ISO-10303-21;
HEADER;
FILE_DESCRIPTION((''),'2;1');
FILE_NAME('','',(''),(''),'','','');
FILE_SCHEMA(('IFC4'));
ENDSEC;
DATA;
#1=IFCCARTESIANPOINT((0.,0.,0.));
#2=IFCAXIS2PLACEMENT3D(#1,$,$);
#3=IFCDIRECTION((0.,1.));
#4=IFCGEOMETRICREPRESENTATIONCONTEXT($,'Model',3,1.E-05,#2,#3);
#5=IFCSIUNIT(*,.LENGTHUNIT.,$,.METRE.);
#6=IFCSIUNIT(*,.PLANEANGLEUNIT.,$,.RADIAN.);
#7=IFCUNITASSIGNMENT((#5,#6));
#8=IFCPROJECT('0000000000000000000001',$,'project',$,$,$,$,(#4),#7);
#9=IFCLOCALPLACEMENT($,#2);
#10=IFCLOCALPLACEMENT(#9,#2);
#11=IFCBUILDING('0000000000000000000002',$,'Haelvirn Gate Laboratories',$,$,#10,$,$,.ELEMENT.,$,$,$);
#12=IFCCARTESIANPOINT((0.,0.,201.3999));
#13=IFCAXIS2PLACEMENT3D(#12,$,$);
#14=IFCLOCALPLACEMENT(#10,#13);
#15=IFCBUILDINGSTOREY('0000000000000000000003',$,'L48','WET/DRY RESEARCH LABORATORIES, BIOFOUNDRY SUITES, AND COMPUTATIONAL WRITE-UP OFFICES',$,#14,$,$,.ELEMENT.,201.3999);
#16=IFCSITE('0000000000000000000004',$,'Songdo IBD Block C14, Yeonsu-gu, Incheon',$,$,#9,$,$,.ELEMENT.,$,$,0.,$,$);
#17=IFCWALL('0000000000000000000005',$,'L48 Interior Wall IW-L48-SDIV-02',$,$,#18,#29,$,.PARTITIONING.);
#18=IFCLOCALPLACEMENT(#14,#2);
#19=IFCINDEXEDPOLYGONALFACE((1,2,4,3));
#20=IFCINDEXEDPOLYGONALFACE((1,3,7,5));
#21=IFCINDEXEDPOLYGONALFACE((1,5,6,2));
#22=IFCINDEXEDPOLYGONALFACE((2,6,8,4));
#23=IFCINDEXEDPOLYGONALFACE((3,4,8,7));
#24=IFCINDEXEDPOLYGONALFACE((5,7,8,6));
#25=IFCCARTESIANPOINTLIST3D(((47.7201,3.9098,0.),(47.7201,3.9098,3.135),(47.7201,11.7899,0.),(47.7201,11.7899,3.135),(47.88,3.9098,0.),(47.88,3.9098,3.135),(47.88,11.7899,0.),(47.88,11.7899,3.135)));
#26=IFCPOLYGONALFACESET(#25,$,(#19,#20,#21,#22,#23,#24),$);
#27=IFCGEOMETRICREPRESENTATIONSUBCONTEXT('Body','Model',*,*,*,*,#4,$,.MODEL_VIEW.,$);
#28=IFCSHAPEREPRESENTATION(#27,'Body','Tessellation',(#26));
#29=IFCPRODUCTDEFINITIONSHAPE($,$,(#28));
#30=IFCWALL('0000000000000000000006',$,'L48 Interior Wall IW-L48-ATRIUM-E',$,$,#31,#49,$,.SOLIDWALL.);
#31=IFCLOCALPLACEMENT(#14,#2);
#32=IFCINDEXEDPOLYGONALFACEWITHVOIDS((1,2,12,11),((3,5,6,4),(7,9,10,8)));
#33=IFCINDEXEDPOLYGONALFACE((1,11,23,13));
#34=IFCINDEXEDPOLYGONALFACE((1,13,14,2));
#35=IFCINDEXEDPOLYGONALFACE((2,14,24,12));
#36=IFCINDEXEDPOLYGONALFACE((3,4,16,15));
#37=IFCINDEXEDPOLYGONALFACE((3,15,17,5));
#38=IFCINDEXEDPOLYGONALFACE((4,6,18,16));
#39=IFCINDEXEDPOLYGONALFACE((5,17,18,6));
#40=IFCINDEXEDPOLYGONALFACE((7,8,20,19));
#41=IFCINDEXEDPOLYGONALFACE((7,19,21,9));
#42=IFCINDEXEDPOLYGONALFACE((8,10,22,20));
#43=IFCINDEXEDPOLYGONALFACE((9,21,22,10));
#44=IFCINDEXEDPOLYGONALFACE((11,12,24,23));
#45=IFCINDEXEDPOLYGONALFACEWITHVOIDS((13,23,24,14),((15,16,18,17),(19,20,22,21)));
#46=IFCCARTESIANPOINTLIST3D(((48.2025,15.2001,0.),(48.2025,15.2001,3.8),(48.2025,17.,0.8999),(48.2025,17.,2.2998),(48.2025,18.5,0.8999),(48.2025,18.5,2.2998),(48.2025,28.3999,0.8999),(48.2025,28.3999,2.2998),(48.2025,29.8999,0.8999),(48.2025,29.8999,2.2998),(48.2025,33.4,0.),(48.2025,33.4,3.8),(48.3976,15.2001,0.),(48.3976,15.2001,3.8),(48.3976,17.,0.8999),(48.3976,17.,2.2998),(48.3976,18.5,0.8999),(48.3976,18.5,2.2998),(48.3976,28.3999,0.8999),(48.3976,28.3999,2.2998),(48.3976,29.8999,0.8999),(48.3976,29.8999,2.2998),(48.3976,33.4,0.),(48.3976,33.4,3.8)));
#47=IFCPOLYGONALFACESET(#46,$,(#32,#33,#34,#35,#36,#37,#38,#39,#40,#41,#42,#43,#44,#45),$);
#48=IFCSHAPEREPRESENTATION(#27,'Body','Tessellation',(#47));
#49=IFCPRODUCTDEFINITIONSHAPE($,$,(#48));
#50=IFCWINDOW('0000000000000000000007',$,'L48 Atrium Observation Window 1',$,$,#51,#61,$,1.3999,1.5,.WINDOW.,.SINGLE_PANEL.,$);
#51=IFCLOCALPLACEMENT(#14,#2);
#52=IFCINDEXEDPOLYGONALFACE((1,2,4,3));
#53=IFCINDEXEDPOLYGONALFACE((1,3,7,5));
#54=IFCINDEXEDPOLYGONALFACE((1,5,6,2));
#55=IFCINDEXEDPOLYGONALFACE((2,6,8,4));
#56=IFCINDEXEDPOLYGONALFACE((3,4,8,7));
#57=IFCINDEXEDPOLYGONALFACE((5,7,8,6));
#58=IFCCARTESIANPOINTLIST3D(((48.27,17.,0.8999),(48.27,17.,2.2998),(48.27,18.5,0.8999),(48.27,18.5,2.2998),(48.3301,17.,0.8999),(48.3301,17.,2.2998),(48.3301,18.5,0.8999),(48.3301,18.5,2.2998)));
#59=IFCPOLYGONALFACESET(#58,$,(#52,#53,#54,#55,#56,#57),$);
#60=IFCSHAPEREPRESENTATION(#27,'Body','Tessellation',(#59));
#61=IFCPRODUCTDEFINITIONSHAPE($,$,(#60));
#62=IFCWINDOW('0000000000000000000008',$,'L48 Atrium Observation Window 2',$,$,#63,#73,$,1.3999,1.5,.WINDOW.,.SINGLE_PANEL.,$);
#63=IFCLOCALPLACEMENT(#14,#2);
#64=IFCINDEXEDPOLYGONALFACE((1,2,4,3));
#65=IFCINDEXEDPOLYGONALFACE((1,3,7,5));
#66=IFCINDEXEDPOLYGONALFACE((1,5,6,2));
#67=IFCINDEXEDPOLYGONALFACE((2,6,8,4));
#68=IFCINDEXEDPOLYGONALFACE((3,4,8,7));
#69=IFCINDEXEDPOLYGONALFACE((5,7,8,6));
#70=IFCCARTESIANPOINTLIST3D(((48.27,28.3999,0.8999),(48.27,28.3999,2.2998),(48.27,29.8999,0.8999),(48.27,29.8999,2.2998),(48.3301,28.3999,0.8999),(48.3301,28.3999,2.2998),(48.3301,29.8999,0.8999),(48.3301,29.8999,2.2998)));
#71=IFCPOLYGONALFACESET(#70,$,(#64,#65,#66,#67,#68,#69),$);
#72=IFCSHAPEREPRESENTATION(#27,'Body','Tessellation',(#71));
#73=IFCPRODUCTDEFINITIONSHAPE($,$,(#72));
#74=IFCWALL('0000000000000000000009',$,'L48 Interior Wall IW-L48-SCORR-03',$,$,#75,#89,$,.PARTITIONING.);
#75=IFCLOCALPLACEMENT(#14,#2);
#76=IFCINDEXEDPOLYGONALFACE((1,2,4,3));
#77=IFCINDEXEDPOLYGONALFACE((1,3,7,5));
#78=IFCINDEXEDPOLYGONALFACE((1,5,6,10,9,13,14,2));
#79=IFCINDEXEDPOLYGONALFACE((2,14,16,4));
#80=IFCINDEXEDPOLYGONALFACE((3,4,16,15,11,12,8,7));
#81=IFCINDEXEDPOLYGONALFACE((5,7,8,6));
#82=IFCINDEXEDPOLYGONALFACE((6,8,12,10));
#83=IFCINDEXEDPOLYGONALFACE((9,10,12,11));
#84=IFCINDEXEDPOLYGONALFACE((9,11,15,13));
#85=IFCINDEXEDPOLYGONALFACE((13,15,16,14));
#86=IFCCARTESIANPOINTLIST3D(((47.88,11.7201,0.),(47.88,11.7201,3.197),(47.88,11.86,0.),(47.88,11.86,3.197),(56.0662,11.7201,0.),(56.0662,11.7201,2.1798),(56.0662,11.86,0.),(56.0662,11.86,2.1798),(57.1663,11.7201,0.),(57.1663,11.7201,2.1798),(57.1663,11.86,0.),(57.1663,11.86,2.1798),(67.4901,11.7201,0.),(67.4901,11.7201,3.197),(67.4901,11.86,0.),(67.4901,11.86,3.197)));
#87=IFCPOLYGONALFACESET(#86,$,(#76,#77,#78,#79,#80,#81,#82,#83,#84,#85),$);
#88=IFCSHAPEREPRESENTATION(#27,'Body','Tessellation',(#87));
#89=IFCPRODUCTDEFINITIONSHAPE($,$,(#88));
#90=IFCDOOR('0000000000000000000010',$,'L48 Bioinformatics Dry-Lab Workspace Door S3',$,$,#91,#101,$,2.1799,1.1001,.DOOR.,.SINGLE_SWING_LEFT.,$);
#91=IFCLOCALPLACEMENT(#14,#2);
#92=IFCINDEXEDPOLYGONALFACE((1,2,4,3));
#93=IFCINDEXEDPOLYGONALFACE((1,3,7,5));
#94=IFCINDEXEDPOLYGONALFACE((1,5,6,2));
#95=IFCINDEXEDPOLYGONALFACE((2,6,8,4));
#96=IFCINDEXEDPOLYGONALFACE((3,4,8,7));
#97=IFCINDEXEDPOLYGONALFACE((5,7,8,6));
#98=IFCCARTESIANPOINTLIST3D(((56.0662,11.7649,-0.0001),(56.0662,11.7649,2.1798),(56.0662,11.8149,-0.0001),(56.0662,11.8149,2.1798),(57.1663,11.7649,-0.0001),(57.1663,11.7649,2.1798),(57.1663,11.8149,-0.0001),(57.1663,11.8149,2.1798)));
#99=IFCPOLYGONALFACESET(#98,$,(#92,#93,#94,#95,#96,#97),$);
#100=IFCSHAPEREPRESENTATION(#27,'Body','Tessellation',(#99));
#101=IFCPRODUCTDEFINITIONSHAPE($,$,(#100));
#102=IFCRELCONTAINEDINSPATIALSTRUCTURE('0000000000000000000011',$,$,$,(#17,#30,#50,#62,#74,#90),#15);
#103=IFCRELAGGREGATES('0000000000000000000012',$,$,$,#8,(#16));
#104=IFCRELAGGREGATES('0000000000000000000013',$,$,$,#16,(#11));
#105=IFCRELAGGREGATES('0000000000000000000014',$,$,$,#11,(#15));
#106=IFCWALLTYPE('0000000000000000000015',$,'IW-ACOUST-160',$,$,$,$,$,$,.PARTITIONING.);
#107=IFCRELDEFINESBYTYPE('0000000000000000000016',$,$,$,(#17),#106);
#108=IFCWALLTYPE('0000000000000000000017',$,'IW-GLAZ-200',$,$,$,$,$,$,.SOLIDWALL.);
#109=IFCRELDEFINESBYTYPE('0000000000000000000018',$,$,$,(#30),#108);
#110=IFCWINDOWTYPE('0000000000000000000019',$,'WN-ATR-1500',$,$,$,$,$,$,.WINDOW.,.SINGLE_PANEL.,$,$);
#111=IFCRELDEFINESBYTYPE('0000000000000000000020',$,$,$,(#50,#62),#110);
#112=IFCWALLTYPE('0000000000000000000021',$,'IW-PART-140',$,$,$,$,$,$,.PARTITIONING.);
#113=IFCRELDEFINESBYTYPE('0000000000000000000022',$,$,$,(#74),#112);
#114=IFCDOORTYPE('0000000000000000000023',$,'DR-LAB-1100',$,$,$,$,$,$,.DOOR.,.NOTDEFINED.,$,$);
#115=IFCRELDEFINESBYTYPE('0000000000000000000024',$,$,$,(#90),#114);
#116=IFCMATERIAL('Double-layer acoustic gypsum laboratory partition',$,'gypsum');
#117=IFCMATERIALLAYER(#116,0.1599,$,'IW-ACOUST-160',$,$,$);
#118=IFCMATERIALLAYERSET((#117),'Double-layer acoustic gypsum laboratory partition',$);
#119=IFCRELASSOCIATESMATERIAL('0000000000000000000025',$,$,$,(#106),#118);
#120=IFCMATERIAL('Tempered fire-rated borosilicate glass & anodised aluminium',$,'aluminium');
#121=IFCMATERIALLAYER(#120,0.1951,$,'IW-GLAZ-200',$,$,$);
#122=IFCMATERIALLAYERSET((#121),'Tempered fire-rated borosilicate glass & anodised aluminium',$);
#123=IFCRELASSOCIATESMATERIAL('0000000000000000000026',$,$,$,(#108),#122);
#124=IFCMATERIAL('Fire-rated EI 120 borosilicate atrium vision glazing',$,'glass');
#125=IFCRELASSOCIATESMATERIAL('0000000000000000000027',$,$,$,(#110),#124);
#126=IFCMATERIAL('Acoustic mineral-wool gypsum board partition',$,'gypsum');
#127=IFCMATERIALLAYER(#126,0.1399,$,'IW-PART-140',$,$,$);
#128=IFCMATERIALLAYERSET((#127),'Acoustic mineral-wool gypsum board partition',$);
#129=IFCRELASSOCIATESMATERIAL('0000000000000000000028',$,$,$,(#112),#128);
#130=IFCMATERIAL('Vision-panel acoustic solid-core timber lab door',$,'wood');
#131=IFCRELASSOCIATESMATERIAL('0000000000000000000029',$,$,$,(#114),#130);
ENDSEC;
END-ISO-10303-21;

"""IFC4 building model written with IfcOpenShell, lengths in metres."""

from ifc_helpers import new_model, si_unit, direction, frame, frame_2d, origin, place, context, subcontext, project, spatial, rectangle, extrude, source, transform, mapped, material, layer, layer_set, type_object, type_shapes, element, fill, save


model = new_model("IFC4")

# Units and contexts
model_context = context("Model", 3, precision=1e-05, world=origin(), true_north=direction((0.0, 1.0)))
body_context = subcontext(model_context, "Body", "Model", "MODEL_VIEW")
ifc_project = project(units=[si_unit("LENGTHUNIT", "METRE"), si_unit("PLANEANGLEUNIT", "RADIAN")], contexts=[model_context])

# Site, building, storey
site_placement = place(None, origin())
site = spatial("IfcSite", under=ifc_project, at=site_placement, Name="Songdo IBD Block C14, Yeonsu-gu, Incheon", CompositionType="ELEMENT", RefElevation=0.0)
building_placement = place(site_placement, origin())
building = spatial("IfcBuilding", under=site, at=building_placement, Name="Haelvirn Gate Laboratories", CompositionType="ELEMENT")
storey_placement = place(building_placement, frame((0.0, 0.0, 201.3999)))
storey = spatial("IfcBuildingStorey", under=building, at=storey_placement, Name="L48", Description="WET/DRY RESEARCH LABORATORIES, BIOFOUNDRY SUITES, AND COMPUTATIONAL WRITE-UP OFFICES", CompositionType="ELEMENT", Elevation=201.3999)

# Wall
ifc_material_1 = material(Name="Double-layer acoustic gypsum laboratory partition", Category="gypsum")
ifc_layer_1 = layer(ifc_material_1, 0.1599, Name="IW-ACOUST-160")
ifc_layer_set_1 = layer_set([ifc_layer_1], Name="Double-layer acoustic gypsum laboratory partition")
wall_type_1 = type_object("IfcWallType", Name="IW-ACOUST-160", PredefinedType="PARTITIONING", material=ifc_layer_set_1)
wall_1_placement = place(storey_placement, frame((47.8, 3.9099, 0.0), z_axis=(0.0, 0.0, 1.0), x_axis=(0.0, 1.0, 0.0)))
element("IfcWall", 1, at=wall_1_placement, inside=storey, type_object=wall_type_1, Name="L48 Interior Wall IW-L48-SDIV-02", PredefinedType="PARTITIONING", context=body_context, shape_type="SweptSolid", body=[
    extrude(rectangle(XDim=7.8801, YDim=0.1599, at=frame_2d((3.9399, 0.0))), origin(), (0.0, 0.0, 1.0), 3.135),
])

# Wall, openings, windows
ifc_material_2 = material(Name="Tempered fire-rated borosilicate glass & anodised aluminium", Category="aluminium")
ifc_layer_2 = layer(ifc_material_2, 0.1951, Name="IW-GLAZ-200")
ifc_layer_set_2 = layer_set([ifc_layer_2], Name="Tempered fire-rated borosilicate glass & anodised aluminium")
wall_type_2 = type_object("IfcWallType", Name="IW-GLAZ-200", PredefinedType="SOLIDWALL", material=ifc_layer_set_2)
wall_2_placement = place(storey_placement, frame((48.3, 15.2, 0.0), z_axis=(0.0, 0.0, 1.0), x_axis=(0.0, 1.0, 0.0)))
wall_2 = element("IfcWall", 2, at=wall_2_placement, inside=storey, type_object=wall_type_2, Name="L48 Interior Wall IW-L48-ATRIUM-E", PredefinedType="SOLIDWALL", context=body_context, shape_type="SweptSolid", body=[
    extrude(rectangle(XDim=18.2, YDim=0.1951, at=frame_2d((9.1001, 0.0))), origin(), (0.0, 0.0, 1.0), 3.8),
])
opening_1_placement = place(wall_2_placement, frame((1.8, 0.0, 0.8999)))
opening_1 = element("IfcOpeningElement", 3, at=opening_1_placement, cuts=wall_2, PredefinedType="OPENING", context=body_context, shape_type="SweptSolid", body=[
    extrude(rectangle(XDim=1.5, YDim=1.3999, at=frame_2d((0.75, 0.7))), frame((0.0, 0.1074, 0.0), z_axis=(0.0, -1.0, 0.0), x_axis=(1.0, 0.0, 0.0)), (0.0, 0.0, 1.0), 0.2151),
])
opening_2_placement = place(wall_2_placement, frame((13.2, 0.0, 0.8999)))
opening_2 = element("IfcOpeningElement", 4, at=opening_2_placement, cuts=wall_2, PredefinedType="OPENING", context=body_context, shape_type="SweptSolid", body=[
    extrude(rectangle(XDim=1.5, YDim=1.3999, at=frame_2d((0.75, 0.7))), frame((0.0, 0.1074, 0.0), z_axis=(0.0, -1.0, 0.0), x_axis=(1.0, 0.0, 0.0)), (0.0, 0.0, 1.0), 0.2151),
])
ifc_material_3 = material(Name="Fire-rated EI 120 borosilicate atrium vision glazing", Category="glass")
window_type = type_object("IfcWindowType", Name="WN-ATR-1500", PartitioningType="SINGLE_PANEL", PredefinedType="WINDOW", material=ifc_material_3)
shared_shape_1 = source(origin(), body_context, "Body", "SweptSolid", [
    extrude(rectangle(XDim=1.5, YDim=1.3999, at=frame_2d((0.75, 0.7))), frame((0.0, 0.03, 0.0), z_axis=(0.0, -1.0, 0.0), x_axis=(1.0, 0.0, 0.0)), (0.0, 0.0, 1.0), 0.0601),
])
type_shapes(window_type, [shared_shape_1])
window_1_placement = place(opening_1_placement, origin())
window_1 = element("IfcWindow", 5, at=window_1_placement, inside=storey, type_object=window_type, Name="L48 Atrium Observation Window 1", OverallHeight=1.3999, OverallWidth=1.5, PartitioningType="SINGLE_PANEL", PredefinedType="WINDOW", context=body_context, shape_type="MappedRepresentation", body=[
    mapped(shared_shape_1, transform((0.0, 0.0, 0.0), scale=1.0)),
])
fill(opening_1, window_1)
window_2_placement = place(opening_2_placement, origin())
window_2 = element("IfcWindow", 6, at=window_2_placement, inside=storey, type_object=window_type, Name="L48 Atrium Observation Window 2", OverallHeight=1.3999, OverallWidth=1.5, PartitioningType="SINGLE_PANEL", PredefinedType="WINDOW", context=body_context, shape_type="MappedRepresentation", body=[
    mapped(shared_shape_1, transform((0.0, 0.0, 0.0), scale=1.0)),
])
fill(opening_2, window_2)

# Wall, opening, door
ifc_material_4 = material(Name="Acoustic mineral-wool gypsum board partition", Category="gypsum")
ifc_layer_3 = layer(ifc_material_4, 0.1399, Name="IW-PART-140")
ifc_layer_set_3 = layer_set([ifc_layer_3], Name="Acoustic mineral-wool gypsum board partition")
wall_type_3 = type_object("IfcWallType", Name="IW-PART-140", PredefinedType="PARTITIONING", material=ifc_layer_set_3)
wall_3_placement = place(storey_placement, frame((47.8799, 11.79, 0.0), z_axis=(0.0, 0.0, 1.0), x_axis=(1.0, 0.0, 0.0)))
wall_3 = element("IfcWall", 7, at=wall_3_placement, inside=storey, type_object=wall_type_3, Name="L48 Interior Wall IW-L48-SCORR-03", PredefinedType="PARTITIONING", context=body_context, shape_type="SweptSolid", body=[
    extrude(rectangle(XDim=19.6101, YDim=0.1399, at=frame_2d((9.8052, 0.0))), origin(), (0.0, 0.0, 1.0), 3.197),
])
opening_3_placement = place(wall_3_placement, frame((8.1863, 0.0, 0.0)))
opening_3 = element("IfcOpeningElement", 8, at=opening_3_placement, cuts=wall_3, PredefinedType="OPENING", context=body_context, shape_type="SweptSolid", body=[
    extrude(rectangle(XDim=1.1001, YDim=2.1799, at=frame_2d((0.55, 1.0898))), frame((0.0, 0.0801, 0.0), z_axis=(0.0, -1.0, 0.0), x_axis=(1.0, 0.0, 0.0)), (0.0, 0.0, 1.0), 0.1599),
])
ifc_material_5 = material(Name="Vision-panel acoustic solid-core timber lab door", Category="wood")
door_type = type_object("IfcDoorType", Name="DR-LAB-1100", OperationType="NOTDEFINED", PredefinedType="DOOR", material=ifc_material_5)
shared_shape_2 = source(origin(), body_context, "Body", "SweptSolid", [
    extrude(rectangle(XDim=1.1001, YDim=2.1799, at=frame_2d((0.55, 1.0898))), frame((0.0, 0.0249, 0.0), z_axis=(0.0, -1.0, 0.0), x_axis=(1.0, 0.0, 0.0)), (0.0, 0.0, 1.0), 0.05),
])
type_shapes(door_type, [shared_shape_2])
door_placement = place(opening_3_placement, origin())
door = element("IfcDoor", 9, at=door_placement, inside=storey, type_object=door_type, Name="L48 Bioinformatics Dry-Lab Workspace Door S3", OperationType="SINGLE_SWING_LEFT", OverallHeight=2.1799, OverallWidth=1.1001, PredefinedType="DOOR", context=body_context, shape_type="MappedRepresentation", body=[
    mapped(shared_shape_2, transform((0.0, 0.0, 0.0), scale=1.0)),
])
fill(opening_3, door)

save(model, "model.ifc")
